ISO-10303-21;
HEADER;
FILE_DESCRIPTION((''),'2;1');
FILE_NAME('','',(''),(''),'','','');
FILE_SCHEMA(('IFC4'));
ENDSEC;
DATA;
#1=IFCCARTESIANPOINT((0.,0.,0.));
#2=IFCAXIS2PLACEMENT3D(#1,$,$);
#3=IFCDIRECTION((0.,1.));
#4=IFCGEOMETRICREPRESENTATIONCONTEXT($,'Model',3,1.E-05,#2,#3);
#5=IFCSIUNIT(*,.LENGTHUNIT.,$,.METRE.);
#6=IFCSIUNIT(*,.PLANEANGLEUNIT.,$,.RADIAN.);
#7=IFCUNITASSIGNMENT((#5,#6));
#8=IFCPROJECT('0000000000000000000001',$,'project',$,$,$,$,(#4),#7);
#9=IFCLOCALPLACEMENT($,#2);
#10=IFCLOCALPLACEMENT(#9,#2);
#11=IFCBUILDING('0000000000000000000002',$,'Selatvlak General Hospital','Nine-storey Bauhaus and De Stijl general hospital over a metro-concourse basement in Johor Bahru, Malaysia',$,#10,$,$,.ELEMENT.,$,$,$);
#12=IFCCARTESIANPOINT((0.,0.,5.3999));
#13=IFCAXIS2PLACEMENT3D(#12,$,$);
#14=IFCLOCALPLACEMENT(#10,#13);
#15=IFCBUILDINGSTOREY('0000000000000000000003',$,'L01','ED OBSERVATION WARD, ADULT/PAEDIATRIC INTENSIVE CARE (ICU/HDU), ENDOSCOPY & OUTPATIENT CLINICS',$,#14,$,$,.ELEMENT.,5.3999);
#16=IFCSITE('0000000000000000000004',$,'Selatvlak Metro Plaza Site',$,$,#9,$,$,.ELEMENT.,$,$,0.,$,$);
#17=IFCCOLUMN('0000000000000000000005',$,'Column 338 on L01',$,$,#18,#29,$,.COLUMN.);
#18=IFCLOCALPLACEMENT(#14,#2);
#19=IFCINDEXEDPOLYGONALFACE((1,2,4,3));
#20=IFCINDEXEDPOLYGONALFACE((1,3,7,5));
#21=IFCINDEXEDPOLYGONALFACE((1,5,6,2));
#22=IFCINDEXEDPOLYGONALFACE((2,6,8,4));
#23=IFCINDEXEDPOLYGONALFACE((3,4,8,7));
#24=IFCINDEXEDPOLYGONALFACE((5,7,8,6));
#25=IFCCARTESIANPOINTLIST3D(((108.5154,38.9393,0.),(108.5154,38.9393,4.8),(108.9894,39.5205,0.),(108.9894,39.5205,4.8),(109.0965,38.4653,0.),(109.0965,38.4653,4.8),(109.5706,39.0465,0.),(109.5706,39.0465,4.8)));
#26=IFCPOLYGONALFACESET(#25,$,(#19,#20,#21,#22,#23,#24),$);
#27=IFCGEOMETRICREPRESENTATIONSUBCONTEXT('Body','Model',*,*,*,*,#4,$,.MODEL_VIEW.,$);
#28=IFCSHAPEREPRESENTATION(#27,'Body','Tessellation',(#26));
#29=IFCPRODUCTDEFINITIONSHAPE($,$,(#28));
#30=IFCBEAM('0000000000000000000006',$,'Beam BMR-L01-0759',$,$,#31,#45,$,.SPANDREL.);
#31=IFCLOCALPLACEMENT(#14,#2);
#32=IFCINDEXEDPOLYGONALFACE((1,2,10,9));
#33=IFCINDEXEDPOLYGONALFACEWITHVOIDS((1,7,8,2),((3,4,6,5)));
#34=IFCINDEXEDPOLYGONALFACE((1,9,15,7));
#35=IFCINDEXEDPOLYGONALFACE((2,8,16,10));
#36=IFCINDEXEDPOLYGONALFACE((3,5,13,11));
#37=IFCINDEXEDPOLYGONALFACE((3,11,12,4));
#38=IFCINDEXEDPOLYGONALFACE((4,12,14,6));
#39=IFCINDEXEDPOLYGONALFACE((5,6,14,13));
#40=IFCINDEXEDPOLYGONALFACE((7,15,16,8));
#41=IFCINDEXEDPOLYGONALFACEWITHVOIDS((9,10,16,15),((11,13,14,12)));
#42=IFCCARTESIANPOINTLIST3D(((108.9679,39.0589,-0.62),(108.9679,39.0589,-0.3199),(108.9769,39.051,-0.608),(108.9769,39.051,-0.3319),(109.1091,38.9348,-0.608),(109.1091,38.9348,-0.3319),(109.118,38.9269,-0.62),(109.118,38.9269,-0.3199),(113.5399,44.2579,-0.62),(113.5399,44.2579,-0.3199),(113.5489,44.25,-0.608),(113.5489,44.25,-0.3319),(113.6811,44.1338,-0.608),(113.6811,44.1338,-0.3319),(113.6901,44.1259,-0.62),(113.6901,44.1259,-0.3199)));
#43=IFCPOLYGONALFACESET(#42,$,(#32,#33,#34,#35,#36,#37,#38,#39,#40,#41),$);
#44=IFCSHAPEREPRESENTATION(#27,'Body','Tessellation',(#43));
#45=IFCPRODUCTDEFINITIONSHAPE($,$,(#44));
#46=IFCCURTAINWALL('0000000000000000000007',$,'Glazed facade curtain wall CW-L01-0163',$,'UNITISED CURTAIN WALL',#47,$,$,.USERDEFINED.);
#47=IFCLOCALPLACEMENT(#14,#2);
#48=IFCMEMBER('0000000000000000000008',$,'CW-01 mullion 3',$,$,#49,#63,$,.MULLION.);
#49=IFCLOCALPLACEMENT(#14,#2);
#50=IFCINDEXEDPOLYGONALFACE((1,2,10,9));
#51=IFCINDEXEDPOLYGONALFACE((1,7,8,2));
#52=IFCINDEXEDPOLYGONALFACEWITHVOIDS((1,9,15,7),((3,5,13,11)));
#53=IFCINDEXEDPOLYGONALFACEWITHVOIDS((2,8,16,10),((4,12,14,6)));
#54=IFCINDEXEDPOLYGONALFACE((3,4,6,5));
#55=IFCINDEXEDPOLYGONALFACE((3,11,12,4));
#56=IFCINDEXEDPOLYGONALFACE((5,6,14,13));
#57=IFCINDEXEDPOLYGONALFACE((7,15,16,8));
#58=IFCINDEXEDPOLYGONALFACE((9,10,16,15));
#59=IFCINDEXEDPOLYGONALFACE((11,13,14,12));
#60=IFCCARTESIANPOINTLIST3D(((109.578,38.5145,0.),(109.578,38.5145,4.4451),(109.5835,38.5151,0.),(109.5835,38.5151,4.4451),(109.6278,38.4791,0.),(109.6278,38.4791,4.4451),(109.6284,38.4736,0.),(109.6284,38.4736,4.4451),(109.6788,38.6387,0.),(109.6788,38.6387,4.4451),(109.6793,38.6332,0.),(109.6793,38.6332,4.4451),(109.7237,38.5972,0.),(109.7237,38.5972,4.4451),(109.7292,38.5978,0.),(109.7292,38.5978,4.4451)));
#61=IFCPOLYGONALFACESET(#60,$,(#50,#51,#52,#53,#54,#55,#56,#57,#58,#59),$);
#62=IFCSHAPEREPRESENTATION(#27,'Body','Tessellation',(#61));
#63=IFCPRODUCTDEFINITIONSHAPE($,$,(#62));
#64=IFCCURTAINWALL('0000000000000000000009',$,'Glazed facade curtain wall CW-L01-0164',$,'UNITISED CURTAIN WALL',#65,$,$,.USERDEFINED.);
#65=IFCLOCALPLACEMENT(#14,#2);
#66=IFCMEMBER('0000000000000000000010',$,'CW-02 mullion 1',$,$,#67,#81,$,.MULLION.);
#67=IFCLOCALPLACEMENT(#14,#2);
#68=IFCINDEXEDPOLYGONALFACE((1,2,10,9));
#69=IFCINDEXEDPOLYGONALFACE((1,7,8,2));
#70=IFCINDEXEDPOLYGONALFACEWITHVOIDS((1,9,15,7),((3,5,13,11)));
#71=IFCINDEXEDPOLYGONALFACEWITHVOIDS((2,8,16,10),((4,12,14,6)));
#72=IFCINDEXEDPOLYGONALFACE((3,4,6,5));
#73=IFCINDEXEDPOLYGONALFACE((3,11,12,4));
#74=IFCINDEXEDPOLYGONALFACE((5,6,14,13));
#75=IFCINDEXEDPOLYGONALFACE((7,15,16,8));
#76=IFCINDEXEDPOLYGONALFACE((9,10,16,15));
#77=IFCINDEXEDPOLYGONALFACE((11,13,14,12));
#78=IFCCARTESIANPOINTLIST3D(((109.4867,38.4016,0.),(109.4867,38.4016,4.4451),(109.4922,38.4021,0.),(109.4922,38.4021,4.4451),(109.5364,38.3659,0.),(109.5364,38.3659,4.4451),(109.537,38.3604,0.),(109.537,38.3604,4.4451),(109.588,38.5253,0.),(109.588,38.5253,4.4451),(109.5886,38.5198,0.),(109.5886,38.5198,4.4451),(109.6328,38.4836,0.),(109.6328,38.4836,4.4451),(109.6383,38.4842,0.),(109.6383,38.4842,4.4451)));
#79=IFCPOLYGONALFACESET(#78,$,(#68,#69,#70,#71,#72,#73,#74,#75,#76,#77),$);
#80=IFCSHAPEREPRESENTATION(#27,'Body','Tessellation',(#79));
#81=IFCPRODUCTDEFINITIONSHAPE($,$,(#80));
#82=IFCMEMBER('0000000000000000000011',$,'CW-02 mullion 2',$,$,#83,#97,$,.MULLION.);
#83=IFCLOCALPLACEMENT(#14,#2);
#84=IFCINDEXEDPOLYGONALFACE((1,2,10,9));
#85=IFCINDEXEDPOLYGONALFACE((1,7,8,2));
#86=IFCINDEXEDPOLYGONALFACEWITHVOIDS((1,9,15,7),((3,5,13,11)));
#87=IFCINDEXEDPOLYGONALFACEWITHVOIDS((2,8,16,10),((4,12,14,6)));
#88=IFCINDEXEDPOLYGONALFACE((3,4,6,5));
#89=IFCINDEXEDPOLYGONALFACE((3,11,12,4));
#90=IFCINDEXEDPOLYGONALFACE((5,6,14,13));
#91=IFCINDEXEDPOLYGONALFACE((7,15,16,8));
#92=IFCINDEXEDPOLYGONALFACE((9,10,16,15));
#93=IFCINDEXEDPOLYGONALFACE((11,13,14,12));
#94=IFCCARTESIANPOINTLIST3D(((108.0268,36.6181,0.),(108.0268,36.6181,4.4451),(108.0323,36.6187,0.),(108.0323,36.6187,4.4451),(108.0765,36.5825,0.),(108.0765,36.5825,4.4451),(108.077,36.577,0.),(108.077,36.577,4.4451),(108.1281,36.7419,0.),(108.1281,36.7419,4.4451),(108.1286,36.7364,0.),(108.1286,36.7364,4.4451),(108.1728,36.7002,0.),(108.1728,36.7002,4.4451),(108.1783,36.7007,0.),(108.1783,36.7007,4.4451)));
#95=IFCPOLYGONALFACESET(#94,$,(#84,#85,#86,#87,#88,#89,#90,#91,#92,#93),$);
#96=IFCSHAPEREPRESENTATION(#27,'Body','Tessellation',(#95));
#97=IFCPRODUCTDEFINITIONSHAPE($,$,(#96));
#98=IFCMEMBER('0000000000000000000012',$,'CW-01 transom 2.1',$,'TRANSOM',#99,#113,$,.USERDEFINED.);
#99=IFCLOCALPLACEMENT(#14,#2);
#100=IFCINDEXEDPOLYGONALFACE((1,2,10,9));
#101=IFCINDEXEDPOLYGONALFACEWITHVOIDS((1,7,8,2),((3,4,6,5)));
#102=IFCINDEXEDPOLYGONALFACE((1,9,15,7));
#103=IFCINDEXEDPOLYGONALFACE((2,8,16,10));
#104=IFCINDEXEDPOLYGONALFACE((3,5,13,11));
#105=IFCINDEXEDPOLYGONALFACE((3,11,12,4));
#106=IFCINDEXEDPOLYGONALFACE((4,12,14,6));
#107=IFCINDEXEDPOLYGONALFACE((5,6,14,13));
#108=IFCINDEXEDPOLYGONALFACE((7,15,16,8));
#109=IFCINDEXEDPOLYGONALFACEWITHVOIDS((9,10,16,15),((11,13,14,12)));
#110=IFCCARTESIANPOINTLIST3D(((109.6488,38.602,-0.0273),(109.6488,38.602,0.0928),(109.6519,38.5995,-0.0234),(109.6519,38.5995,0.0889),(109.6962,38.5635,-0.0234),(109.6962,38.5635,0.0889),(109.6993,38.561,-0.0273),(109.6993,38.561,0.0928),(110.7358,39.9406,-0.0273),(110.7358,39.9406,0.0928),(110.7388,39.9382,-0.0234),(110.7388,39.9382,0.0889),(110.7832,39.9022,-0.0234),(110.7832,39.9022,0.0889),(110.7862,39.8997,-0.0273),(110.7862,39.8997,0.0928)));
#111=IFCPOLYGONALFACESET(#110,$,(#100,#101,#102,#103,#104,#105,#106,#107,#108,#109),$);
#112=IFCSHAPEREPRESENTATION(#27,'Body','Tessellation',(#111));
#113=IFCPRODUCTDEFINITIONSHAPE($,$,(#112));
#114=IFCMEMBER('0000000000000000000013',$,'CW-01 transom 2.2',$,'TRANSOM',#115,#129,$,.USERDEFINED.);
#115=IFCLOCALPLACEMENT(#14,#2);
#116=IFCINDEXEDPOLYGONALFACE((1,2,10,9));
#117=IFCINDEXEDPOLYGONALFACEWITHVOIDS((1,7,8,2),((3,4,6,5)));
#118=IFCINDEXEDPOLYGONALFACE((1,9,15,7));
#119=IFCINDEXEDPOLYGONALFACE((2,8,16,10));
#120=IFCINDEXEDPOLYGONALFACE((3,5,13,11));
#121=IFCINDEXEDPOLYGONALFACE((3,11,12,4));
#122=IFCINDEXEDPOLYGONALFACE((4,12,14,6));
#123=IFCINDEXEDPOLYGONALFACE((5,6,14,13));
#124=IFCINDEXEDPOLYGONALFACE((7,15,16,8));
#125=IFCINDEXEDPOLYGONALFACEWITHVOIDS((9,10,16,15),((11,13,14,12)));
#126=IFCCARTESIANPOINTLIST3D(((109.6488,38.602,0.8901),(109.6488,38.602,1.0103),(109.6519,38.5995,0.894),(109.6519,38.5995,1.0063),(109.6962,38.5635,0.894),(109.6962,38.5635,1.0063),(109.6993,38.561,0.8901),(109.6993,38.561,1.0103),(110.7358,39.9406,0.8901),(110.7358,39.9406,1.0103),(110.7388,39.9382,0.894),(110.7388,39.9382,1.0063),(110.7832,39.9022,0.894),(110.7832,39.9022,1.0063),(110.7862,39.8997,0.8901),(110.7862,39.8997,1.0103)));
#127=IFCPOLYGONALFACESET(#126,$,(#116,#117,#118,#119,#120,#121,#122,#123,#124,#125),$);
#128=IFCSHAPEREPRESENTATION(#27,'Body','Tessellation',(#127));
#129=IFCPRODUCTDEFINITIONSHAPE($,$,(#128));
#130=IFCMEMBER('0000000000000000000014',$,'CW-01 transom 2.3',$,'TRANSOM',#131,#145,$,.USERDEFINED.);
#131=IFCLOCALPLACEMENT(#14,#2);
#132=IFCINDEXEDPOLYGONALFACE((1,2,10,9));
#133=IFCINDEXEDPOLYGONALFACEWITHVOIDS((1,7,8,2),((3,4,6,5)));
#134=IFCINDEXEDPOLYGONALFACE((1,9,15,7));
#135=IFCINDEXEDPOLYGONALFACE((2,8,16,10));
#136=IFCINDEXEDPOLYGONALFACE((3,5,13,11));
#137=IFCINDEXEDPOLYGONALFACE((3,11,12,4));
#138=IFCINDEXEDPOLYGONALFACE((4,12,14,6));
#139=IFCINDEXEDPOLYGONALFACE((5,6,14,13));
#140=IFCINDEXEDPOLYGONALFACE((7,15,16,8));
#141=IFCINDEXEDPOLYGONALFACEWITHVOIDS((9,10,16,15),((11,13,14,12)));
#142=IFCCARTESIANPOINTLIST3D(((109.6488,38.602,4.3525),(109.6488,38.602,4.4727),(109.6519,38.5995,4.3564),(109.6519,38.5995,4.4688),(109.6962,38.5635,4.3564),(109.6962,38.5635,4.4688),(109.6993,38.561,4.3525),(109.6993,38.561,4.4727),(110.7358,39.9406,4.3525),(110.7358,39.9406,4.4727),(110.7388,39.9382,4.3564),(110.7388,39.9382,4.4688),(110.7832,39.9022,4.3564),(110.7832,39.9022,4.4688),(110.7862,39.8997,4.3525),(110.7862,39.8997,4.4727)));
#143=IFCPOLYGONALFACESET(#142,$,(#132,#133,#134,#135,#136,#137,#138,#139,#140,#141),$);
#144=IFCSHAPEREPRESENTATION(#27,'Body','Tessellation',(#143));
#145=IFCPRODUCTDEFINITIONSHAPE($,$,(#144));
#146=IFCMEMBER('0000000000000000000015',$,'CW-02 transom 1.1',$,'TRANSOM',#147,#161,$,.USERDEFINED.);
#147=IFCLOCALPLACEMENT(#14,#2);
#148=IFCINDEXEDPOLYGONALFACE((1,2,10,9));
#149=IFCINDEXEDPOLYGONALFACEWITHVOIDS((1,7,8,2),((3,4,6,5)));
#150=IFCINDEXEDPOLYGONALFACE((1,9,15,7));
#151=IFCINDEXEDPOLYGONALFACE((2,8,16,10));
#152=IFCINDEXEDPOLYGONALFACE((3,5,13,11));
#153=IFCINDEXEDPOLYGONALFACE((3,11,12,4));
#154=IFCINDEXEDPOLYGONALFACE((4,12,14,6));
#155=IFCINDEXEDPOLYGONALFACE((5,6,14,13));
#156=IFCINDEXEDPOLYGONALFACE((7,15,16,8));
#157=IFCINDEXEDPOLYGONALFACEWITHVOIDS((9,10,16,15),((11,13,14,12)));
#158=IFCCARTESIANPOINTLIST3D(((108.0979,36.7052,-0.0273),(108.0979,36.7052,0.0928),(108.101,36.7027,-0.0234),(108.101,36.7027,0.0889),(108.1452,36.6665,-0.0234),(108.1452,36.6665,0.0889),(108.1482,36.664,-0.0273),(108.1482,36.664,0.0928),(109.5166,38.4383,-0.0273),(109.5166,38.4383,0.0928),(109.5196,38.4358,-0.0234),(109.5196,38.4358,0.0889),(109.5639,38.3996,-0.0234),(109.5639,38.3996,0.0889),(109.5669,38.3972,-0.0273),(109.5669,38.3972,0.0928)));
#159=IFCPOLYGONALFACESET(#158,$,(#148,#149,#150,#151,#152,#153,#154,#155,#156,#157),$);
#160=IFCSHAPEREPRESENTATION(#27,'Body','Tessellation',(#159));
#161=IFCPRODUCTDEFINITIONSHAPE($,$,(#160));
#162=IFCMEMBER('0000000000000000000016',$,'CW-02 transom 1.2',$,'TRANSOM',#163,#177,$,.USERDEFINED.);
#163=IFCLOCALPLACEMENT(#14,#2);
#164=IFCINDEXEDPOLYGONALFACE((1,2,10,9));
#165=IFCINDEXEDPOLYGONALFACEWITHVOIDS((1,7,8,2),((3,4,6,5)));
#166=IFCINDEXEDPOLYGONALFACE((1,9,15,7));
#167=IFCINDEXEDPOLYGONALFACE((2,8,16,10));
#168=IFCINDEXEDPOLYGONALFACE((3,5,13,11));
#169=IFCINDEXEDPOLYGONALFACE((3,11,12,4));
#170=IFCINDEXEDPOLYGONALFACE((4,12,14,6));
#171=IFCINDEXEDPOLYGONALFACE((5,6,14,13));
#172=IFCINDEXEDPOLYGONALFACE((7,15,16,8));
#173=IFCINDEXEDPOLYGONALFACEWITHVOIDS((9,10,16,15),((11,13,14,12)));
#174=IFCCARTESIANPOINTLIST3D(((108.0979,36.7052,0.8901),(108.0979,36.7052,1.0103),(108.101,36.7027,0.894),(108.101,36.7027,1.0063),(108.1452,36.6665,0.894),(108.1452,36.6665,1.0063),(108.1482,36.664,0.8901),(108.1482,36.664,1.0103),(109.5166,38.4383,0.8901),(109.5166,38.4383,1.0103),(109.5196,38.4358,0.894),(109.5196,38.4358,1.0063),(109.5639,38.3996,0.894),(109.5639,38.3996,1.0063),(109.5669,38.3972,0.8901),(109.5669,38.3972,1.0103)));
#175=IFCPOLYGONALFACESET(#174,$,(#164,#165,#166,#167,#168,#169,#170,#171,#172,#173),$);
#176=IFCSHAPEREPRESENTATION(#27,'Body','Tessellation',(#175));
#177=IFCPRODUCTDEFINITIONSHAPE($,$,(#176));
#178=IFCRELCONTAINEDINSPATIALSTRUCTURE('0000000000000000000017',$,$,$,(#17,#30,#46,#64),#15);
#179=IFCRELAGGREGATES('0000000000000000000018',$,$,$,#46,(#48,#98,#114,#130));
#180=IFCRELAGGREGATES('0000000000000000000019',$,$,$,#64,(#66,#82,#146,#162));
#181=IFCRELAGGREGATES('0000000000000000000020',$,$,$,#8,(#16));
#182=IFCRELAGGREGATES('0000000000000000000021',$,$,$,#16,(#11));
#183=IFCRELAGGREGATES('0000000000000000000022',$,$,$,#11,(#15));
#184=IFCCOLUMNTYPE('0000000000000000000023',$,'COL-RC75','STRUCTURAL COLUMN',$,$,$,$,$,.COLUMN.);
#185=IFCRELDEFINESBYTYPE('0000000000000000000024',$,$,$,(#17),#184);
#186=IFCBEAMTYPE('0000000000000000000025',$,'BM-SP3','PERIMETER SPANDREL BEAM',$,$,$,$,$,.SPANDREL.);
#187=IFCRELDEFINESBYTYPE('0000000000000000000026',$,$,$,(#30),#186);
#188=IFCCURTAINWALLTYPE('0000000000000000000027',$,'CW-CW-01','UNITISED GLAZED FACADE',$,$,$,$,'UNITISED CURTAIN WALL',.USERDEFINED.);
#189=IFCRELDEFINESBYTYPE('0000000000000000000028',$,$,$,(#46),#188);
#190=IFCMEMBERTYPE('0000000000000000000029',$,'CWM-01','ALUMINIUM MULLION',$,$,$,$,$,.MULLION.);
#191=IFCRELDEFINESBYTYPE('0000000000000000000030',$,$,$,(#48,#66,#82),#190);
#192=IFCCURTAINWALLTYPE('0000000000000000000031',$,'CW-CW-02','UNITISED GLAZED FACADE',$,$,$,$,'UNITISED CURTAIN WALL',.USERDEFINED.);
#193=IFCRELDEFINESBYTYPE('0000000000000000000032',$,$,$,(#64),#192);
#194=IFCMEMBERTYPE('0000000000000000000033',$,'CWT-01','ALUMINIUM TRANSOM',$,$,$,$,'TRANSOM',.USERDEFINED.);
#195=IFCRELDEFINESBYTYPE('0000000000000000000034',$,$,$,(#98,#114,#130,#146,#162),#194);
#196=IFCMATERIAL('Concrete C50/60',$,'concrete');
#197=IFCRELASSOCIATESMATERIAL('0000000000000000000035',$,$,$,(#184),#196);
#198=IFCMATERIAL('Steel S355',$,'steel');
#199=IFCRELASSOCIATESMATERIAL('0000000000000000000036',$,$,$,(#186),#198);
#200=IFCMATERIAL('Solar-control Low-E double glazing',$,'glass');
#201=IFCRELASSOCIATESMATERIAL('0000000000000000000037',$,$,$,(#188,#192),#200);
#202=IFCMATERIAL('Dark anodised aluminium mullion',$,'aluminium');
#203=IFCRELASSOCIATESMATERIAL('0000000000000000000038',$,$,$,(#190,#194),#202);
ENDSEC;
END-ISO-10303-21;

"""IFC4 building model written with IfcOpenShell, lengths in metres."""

from ifc_helpers import new_model, si_unit, direction, frame, origin, origin_2d, place, context, subcontext, project, spatial, rectangle, hollow_rectangle, extrude, material, material_profile, profile_set, type_object, element, aggregate, save


model = new_model("IFC4")

# Units and contexts
model_context = context("Model", 3, precision=1e-05, world=origin(), true_north=direction((0.0, 1.0)))
body_context = subcontext(model_context, "Body", "Model", "MODEL_VIEW")
ifc_project = project(units=[si_unit("LENGTHUNIT", "METRE"), si_unit("PLANEANGLEUNIT", "RADIAN")], contexts=[model_context])

# Site, building, storey
site_placement = place(None, origin())
site = spatial("IfcSite", under=ifc_project, at=site_placement, Name="Selatvlak Metro Plaza Site", CompositionType="ELEMENT", RefElevation=0.0)
building_placement = place(site_placement, origin())
building = spatial("IfcBuilding", under=site, at=building_placement, Name="Selatvlak General Hospital", Description="Nine-storey Bauhaus and De Stijl general hospital over a metro-concourse basement in Johor Bahru, Malaysia", CompositionType="ELEMENT")
storey_placement = place(building_placement, frame((0.0, 0.0, 5.3999)))
storey = spatial("IfcBuildingStorey", under=building, at=storey_placement, Name="L01", Description="ED OBSERVATION WARD, ADULT/PAEDIATRIC INTENSIVE CARE (ICU/HDU), ENDOSCOPY & OUTPATIENT CLINICS", CompositionType="ELEMENT", Elevation=5.3999)

# Column
ifc_material_1 = material(Name="Concrete C50/60", Category="concrete")
ifc_material_profile_1 = material_profile(ifc_material_1, rectangle(XDim=0.75, YDim=0.75, at=origin_2d()), Name="RC-COL 750x750")
ifc_profile_set_1 = profile_set([ifc_material_profile_1], Name="Concrete C50/60")
column_type = type_object("IfcColumnType", Name="COL-RC75", Description="STRUCTURAL COLUMN", PredefinedType="COLUMN", material=ifc_profile_set_1)
column_placement = place(storey_placement, frame((109.043, 38.9929, 0.0), z_axis=(0.0, 0.0, 1.0), x_axis=(-0.774922, 0.632056, 0.0)))
element("IfcColumn", 1, at=column_placement, inside=storey, type_object=column_type, Name="Column 338 on L01", PredefinedType="COLUMN", context=body_context, shape_type="SweptSolid", body=[
    extrude(rectangle(XDim=0.75, YDim=0.75, at=origin_2d()), origin(), (0.0, 0.0, 1.0), 4.8),
])

# Beam
ifc_material_2 = material(Name="Steel S355", Category="steel")
ifc_material_profile_2 = material_profile(ifc_material_2, hollow_rectangle(XDim=0.2, YDim=0.3, WallThickness=0.012, at=origin_2d()), Name="RHS 300x200x12")
ifc_profile_set_2 = profile_set([ifc_material_profile_2], Name="Steel S355")
beam_type = type_object("IfcBeamType", Name="BM-SP3", Description="PERIMETER SPANDREL BEAM", PredefinedType="SPANDREL", material=ifc_profile_set_2)
beam_placement = place(storey_placement, frame((109.043, 38.9929, -0.47), z_axis=(0.660377, 0.750934, 0.0), x_axis=(-0.750934, 0.660377, 0.0)))
element("IfcBeam", 2, at=beam_placement, inside=storey, type_object=beam_type, Name="Beam BMR-L01-0759", PredefinedType="SPANDREL", context=body_context, shape_type="SweptSolid", body=[
    extrude(hollow_rectangle(XDim=0.2, YDim=0.3, WallThickness=0.012, at=origin_2d()), origin(), (0.0, 0.0, 1.0), 6.9233),
])

# Curtain wall, member
ifc_material_3 = material(Name="Solar-control Low-E double glazing", Category="glass")
curtain_wall_type_1 = type_object("IfcCurtainWallType", Name="CW-CW-01", Description="UNITISED GLAZED FACADE", ElementType="UNITISED CURTAIN WALL", PredefinedType="USERDEFINED", material=ifc_material_3)
curtain_wall_1_placement = place(storey_placement, origin())
curtain_wall_1 = element("IfcCurtainWall", 3, at=curtain_wall_1_placement, inside=storey, type_object=curtain_wall_type_1, Name="Glazed facade curtain wall CW-L01-0163", ObjectType="UNITISED CURTAIN WALL", PredefinedType="USERDEFINED")
ifc_material_4 = material(Name="Dark anodised aluminium mullion", Category="aluminium")
ifc_material_profile_3 = material_profile(ifc_material_4, hollow_rectangle(XDim=0.0649, YDim=0.1599, WallThickness=0.0039, at=origin_2d()), Name="AL-MUL 65x160x4")
ifc_profile_set_3 = profile_set([ifc_material_profile_3], Name="Dark anodised aluminium mullion")
member_type_1 = type_object("IfcMemberType", Name="CWM-01", Description="ALUMINIUM MULLION", PredefinedType="MULLION", material=ifc_profile_set_3)
member_1_placement = place(storey_placement, frame((109.6536, 38.5562, 0.0), z_axis=(0.0, 0.0, 1.0), x_axis=(0.776324, -0.630334, 0.0)))
member_1 = element("IfcMember", 4, at=member_1_placement, type_object=member_type_1, Name="CW-01 mullion 3", PredefinedType="MULLION", context=body_context, shape_type="SweptSolid", body=[
    extrude(hollow_rectangle(XDim=0.0649, YDim=0.1599, WallThickness=0.0039, at=origin_2d()), origin(), (0.0, 0.0, 1.0), 4.4451),
])

# Curtain wall, members
curtain_wall_type_2 = type_object("IfcCurtainWallType", Name="CW-CW-02", Description="UNITISED GLAZED FACADE", ElementType="UNITISED CURTAIN WALL", PredefinedType="USERDEFINED", material=ifc_material_3)
curtain_wall_2_placement = place(storey_placement, origin())
curtain_wall_2 = element("IfcCurtainWall", 5, at=curtain_wall_2_placement, inside=storey, type_object=curtain_wall_type_2, Name="Glazed facade curtain wall CW-L01-0164", ObjectType="UNITISED CURTAIN WALL", PredefinedType="USERDEFINED")
member_2_placement = place(storey_placement, frame((109.5625, 38.4429, 0.0), z_axis=(0.0, 0.0, 1.0), x_axis=(0.773786, -0.633447, 0.0)))
member_2 = element("IfcMember", 6, at=member_2_placement, type_object=member_type_1, Name="CW-02 mullion 1", PredefinedType="MULLION", context=body_context, shape_type="SweptSolid", body=[
    extrude(hollow_rectangle(XDim=0.0649, YDim=0.1599, WallThickness=0.0039, at=origin_2d()), origin(), (0.0, 0.0, 1.0), 4.4451),
])
member_3_placement = place(storey_placement, frame((108.1025, 36.6594, 0.0), z_axis=(0.0, 0.0, 1.0), x_axis=(0.773786, -0.633447, 0.0)))
member_3 = element("IfcMember", 7, at=member_3_placement, type_object=member_type_1, Name="CW-02 mullion 2", PredefinedType="MULLION", context=body_context, shape_type="SweptSolid", body=[
    extrude(hollow_rectangle(XDim=0.0649, YDim=0.1599, WallThickness=0.0039, at=origin_2d()), origin(), (0.0, 0.0, 1.0), 4.4451),
])

# Members
ifc_material_profile_4 = material_profile(ifc_material_4, hollow_rectangle(XDim=0.0649, YDim=0.1201, WallThickness=0.0039, at=origin_2d()), Name="AL-TRN 65x120x4")
ifc_profile_set_4 = profile_set([ifc_material_profile_4], Name="Dark anodised aluminium mullion")
member_type_2 = type_object("IfcMemberType", Name="CWT-01", Description="ALUMINIUM TRANSOM", ElementType="TRANSOM", PredefinedType="USERDEFINED", material=ifc_profile_set_4)
member_4_placement = place(storey_placement, frame((110.761, 39.9202, 0.0327), z_axis=(-0.630342, -0.776318, 0.0), x_axis=(0.776318, -0.630342, 0.0)))
member_4 = element("IfcMember", 8, at=member_4_placement, type_object=member_type_2, Name="CW-01 transom 2.1", ObjectType="TRANSOM", PredefinedType="USERDEFINED", context=body_context, shape_type="SweptSolid", body=[
    extrude(hollow_rectangle(XDim=0.0649, YDim=0.1201, WallThickness=0.0039, at=origin_2d()), origin(), (0.0, 0.0, 1.0), 1.7244),
])
member_5_placement = place(storey_placement, frame((110.761, 39.9202, 0.9502), z_axis=(-0.630342, -0.776318, 0.0), x_axis=(0.776318, -0.630342, 0.0)))
member_5 = element("IfcMember", 9, at=member_5_placement, type_object=member_type_2, Name="CW-01 transom 2.2", ObjectType="TRANSOM", PredefinedType="USERDEFINED", context=body_context, shape_type="SweptSolid", body=[
    extrude(hollow_rectangle(XDim=0.0649, YDim=0.1201, WallThickness=0.0039, at=origin_2d()), origin(), (0.0, 0.0, 1.0), 1.7244),
])
member_6_placement = place(storey_placement, frame((110.761, 39.9202, 4.4126), z_axis=(-0.630342, -0.776318, 0.0), x_axis=(0.776318, -0.630342, 0.0)))
member_6 = element("IfcMember", 10, at=member_6_placement, type_object=member_type_2, Name="CW-01 transom 2.3", ObjectType="TRANSOM", PredefinedType="USERDEFINED", context=body_context, shape_type="SweptSolid", body=[
    extrude(hollow_rectangle(XDim=0.0649, YDim=0.1201, WallThickness=0.0039, at=origin_2d()), origin(), (0.0, 0.0, 1.0), 1.7244),
])
member_7_placement = place(storey_placement, frame((109.5417, 38.4177, 0.0327), z_axis=(-0.633416, -0.773812, 0.0), x_axis=(0.773812, -0.633416, 0.0)))
member_7 = element("IfcMember", 11, at=member_7_placement, type_object=member_type_2, Name="CW-02 transom 1.1", ObjectType="TRANSOM", PredefinedType="USERDEFINED", context=body_context, shape_type="SweptSolid", body=[
    extrude(hollow_rectangle(XDim=0.0649, YDim=0.1201, WallThickness=0.0039, at=origin_2d()), origin(), (0.0, 0.0, 1.0), 2.2397),
])
member_8_placement = place(storey_placement, frame((109.5417, 38.4177, 0.9502), z_axis=(-0.633416, -0.773812, 0.0), x_axis=(0.773812, -0.633416, 0.0)))
member_8 = element("IfcMember", 12, at=member_8_placement, type_object=member_type_2, Name="CW-02 transom 1.2", ObjectType="TRANSOM", PredefinedType="USERDEFINED", context=body_context, shape_type="SweptSolid", body=[
    extrude(hollow_rectangle(XDim=0.0649, YDim=0.1201, WallThickness=0.0039, at=origin_2d()), origin(), (0.0, 0.0, 1.0), 2.2397),
])

aggregate(curtain_wall_1, [member_1, member_4, member_5, member_6])
aggregate(curtain_wall_2, [member_2, member_3, member_7, member_8])

save(model, "model.ifc")
